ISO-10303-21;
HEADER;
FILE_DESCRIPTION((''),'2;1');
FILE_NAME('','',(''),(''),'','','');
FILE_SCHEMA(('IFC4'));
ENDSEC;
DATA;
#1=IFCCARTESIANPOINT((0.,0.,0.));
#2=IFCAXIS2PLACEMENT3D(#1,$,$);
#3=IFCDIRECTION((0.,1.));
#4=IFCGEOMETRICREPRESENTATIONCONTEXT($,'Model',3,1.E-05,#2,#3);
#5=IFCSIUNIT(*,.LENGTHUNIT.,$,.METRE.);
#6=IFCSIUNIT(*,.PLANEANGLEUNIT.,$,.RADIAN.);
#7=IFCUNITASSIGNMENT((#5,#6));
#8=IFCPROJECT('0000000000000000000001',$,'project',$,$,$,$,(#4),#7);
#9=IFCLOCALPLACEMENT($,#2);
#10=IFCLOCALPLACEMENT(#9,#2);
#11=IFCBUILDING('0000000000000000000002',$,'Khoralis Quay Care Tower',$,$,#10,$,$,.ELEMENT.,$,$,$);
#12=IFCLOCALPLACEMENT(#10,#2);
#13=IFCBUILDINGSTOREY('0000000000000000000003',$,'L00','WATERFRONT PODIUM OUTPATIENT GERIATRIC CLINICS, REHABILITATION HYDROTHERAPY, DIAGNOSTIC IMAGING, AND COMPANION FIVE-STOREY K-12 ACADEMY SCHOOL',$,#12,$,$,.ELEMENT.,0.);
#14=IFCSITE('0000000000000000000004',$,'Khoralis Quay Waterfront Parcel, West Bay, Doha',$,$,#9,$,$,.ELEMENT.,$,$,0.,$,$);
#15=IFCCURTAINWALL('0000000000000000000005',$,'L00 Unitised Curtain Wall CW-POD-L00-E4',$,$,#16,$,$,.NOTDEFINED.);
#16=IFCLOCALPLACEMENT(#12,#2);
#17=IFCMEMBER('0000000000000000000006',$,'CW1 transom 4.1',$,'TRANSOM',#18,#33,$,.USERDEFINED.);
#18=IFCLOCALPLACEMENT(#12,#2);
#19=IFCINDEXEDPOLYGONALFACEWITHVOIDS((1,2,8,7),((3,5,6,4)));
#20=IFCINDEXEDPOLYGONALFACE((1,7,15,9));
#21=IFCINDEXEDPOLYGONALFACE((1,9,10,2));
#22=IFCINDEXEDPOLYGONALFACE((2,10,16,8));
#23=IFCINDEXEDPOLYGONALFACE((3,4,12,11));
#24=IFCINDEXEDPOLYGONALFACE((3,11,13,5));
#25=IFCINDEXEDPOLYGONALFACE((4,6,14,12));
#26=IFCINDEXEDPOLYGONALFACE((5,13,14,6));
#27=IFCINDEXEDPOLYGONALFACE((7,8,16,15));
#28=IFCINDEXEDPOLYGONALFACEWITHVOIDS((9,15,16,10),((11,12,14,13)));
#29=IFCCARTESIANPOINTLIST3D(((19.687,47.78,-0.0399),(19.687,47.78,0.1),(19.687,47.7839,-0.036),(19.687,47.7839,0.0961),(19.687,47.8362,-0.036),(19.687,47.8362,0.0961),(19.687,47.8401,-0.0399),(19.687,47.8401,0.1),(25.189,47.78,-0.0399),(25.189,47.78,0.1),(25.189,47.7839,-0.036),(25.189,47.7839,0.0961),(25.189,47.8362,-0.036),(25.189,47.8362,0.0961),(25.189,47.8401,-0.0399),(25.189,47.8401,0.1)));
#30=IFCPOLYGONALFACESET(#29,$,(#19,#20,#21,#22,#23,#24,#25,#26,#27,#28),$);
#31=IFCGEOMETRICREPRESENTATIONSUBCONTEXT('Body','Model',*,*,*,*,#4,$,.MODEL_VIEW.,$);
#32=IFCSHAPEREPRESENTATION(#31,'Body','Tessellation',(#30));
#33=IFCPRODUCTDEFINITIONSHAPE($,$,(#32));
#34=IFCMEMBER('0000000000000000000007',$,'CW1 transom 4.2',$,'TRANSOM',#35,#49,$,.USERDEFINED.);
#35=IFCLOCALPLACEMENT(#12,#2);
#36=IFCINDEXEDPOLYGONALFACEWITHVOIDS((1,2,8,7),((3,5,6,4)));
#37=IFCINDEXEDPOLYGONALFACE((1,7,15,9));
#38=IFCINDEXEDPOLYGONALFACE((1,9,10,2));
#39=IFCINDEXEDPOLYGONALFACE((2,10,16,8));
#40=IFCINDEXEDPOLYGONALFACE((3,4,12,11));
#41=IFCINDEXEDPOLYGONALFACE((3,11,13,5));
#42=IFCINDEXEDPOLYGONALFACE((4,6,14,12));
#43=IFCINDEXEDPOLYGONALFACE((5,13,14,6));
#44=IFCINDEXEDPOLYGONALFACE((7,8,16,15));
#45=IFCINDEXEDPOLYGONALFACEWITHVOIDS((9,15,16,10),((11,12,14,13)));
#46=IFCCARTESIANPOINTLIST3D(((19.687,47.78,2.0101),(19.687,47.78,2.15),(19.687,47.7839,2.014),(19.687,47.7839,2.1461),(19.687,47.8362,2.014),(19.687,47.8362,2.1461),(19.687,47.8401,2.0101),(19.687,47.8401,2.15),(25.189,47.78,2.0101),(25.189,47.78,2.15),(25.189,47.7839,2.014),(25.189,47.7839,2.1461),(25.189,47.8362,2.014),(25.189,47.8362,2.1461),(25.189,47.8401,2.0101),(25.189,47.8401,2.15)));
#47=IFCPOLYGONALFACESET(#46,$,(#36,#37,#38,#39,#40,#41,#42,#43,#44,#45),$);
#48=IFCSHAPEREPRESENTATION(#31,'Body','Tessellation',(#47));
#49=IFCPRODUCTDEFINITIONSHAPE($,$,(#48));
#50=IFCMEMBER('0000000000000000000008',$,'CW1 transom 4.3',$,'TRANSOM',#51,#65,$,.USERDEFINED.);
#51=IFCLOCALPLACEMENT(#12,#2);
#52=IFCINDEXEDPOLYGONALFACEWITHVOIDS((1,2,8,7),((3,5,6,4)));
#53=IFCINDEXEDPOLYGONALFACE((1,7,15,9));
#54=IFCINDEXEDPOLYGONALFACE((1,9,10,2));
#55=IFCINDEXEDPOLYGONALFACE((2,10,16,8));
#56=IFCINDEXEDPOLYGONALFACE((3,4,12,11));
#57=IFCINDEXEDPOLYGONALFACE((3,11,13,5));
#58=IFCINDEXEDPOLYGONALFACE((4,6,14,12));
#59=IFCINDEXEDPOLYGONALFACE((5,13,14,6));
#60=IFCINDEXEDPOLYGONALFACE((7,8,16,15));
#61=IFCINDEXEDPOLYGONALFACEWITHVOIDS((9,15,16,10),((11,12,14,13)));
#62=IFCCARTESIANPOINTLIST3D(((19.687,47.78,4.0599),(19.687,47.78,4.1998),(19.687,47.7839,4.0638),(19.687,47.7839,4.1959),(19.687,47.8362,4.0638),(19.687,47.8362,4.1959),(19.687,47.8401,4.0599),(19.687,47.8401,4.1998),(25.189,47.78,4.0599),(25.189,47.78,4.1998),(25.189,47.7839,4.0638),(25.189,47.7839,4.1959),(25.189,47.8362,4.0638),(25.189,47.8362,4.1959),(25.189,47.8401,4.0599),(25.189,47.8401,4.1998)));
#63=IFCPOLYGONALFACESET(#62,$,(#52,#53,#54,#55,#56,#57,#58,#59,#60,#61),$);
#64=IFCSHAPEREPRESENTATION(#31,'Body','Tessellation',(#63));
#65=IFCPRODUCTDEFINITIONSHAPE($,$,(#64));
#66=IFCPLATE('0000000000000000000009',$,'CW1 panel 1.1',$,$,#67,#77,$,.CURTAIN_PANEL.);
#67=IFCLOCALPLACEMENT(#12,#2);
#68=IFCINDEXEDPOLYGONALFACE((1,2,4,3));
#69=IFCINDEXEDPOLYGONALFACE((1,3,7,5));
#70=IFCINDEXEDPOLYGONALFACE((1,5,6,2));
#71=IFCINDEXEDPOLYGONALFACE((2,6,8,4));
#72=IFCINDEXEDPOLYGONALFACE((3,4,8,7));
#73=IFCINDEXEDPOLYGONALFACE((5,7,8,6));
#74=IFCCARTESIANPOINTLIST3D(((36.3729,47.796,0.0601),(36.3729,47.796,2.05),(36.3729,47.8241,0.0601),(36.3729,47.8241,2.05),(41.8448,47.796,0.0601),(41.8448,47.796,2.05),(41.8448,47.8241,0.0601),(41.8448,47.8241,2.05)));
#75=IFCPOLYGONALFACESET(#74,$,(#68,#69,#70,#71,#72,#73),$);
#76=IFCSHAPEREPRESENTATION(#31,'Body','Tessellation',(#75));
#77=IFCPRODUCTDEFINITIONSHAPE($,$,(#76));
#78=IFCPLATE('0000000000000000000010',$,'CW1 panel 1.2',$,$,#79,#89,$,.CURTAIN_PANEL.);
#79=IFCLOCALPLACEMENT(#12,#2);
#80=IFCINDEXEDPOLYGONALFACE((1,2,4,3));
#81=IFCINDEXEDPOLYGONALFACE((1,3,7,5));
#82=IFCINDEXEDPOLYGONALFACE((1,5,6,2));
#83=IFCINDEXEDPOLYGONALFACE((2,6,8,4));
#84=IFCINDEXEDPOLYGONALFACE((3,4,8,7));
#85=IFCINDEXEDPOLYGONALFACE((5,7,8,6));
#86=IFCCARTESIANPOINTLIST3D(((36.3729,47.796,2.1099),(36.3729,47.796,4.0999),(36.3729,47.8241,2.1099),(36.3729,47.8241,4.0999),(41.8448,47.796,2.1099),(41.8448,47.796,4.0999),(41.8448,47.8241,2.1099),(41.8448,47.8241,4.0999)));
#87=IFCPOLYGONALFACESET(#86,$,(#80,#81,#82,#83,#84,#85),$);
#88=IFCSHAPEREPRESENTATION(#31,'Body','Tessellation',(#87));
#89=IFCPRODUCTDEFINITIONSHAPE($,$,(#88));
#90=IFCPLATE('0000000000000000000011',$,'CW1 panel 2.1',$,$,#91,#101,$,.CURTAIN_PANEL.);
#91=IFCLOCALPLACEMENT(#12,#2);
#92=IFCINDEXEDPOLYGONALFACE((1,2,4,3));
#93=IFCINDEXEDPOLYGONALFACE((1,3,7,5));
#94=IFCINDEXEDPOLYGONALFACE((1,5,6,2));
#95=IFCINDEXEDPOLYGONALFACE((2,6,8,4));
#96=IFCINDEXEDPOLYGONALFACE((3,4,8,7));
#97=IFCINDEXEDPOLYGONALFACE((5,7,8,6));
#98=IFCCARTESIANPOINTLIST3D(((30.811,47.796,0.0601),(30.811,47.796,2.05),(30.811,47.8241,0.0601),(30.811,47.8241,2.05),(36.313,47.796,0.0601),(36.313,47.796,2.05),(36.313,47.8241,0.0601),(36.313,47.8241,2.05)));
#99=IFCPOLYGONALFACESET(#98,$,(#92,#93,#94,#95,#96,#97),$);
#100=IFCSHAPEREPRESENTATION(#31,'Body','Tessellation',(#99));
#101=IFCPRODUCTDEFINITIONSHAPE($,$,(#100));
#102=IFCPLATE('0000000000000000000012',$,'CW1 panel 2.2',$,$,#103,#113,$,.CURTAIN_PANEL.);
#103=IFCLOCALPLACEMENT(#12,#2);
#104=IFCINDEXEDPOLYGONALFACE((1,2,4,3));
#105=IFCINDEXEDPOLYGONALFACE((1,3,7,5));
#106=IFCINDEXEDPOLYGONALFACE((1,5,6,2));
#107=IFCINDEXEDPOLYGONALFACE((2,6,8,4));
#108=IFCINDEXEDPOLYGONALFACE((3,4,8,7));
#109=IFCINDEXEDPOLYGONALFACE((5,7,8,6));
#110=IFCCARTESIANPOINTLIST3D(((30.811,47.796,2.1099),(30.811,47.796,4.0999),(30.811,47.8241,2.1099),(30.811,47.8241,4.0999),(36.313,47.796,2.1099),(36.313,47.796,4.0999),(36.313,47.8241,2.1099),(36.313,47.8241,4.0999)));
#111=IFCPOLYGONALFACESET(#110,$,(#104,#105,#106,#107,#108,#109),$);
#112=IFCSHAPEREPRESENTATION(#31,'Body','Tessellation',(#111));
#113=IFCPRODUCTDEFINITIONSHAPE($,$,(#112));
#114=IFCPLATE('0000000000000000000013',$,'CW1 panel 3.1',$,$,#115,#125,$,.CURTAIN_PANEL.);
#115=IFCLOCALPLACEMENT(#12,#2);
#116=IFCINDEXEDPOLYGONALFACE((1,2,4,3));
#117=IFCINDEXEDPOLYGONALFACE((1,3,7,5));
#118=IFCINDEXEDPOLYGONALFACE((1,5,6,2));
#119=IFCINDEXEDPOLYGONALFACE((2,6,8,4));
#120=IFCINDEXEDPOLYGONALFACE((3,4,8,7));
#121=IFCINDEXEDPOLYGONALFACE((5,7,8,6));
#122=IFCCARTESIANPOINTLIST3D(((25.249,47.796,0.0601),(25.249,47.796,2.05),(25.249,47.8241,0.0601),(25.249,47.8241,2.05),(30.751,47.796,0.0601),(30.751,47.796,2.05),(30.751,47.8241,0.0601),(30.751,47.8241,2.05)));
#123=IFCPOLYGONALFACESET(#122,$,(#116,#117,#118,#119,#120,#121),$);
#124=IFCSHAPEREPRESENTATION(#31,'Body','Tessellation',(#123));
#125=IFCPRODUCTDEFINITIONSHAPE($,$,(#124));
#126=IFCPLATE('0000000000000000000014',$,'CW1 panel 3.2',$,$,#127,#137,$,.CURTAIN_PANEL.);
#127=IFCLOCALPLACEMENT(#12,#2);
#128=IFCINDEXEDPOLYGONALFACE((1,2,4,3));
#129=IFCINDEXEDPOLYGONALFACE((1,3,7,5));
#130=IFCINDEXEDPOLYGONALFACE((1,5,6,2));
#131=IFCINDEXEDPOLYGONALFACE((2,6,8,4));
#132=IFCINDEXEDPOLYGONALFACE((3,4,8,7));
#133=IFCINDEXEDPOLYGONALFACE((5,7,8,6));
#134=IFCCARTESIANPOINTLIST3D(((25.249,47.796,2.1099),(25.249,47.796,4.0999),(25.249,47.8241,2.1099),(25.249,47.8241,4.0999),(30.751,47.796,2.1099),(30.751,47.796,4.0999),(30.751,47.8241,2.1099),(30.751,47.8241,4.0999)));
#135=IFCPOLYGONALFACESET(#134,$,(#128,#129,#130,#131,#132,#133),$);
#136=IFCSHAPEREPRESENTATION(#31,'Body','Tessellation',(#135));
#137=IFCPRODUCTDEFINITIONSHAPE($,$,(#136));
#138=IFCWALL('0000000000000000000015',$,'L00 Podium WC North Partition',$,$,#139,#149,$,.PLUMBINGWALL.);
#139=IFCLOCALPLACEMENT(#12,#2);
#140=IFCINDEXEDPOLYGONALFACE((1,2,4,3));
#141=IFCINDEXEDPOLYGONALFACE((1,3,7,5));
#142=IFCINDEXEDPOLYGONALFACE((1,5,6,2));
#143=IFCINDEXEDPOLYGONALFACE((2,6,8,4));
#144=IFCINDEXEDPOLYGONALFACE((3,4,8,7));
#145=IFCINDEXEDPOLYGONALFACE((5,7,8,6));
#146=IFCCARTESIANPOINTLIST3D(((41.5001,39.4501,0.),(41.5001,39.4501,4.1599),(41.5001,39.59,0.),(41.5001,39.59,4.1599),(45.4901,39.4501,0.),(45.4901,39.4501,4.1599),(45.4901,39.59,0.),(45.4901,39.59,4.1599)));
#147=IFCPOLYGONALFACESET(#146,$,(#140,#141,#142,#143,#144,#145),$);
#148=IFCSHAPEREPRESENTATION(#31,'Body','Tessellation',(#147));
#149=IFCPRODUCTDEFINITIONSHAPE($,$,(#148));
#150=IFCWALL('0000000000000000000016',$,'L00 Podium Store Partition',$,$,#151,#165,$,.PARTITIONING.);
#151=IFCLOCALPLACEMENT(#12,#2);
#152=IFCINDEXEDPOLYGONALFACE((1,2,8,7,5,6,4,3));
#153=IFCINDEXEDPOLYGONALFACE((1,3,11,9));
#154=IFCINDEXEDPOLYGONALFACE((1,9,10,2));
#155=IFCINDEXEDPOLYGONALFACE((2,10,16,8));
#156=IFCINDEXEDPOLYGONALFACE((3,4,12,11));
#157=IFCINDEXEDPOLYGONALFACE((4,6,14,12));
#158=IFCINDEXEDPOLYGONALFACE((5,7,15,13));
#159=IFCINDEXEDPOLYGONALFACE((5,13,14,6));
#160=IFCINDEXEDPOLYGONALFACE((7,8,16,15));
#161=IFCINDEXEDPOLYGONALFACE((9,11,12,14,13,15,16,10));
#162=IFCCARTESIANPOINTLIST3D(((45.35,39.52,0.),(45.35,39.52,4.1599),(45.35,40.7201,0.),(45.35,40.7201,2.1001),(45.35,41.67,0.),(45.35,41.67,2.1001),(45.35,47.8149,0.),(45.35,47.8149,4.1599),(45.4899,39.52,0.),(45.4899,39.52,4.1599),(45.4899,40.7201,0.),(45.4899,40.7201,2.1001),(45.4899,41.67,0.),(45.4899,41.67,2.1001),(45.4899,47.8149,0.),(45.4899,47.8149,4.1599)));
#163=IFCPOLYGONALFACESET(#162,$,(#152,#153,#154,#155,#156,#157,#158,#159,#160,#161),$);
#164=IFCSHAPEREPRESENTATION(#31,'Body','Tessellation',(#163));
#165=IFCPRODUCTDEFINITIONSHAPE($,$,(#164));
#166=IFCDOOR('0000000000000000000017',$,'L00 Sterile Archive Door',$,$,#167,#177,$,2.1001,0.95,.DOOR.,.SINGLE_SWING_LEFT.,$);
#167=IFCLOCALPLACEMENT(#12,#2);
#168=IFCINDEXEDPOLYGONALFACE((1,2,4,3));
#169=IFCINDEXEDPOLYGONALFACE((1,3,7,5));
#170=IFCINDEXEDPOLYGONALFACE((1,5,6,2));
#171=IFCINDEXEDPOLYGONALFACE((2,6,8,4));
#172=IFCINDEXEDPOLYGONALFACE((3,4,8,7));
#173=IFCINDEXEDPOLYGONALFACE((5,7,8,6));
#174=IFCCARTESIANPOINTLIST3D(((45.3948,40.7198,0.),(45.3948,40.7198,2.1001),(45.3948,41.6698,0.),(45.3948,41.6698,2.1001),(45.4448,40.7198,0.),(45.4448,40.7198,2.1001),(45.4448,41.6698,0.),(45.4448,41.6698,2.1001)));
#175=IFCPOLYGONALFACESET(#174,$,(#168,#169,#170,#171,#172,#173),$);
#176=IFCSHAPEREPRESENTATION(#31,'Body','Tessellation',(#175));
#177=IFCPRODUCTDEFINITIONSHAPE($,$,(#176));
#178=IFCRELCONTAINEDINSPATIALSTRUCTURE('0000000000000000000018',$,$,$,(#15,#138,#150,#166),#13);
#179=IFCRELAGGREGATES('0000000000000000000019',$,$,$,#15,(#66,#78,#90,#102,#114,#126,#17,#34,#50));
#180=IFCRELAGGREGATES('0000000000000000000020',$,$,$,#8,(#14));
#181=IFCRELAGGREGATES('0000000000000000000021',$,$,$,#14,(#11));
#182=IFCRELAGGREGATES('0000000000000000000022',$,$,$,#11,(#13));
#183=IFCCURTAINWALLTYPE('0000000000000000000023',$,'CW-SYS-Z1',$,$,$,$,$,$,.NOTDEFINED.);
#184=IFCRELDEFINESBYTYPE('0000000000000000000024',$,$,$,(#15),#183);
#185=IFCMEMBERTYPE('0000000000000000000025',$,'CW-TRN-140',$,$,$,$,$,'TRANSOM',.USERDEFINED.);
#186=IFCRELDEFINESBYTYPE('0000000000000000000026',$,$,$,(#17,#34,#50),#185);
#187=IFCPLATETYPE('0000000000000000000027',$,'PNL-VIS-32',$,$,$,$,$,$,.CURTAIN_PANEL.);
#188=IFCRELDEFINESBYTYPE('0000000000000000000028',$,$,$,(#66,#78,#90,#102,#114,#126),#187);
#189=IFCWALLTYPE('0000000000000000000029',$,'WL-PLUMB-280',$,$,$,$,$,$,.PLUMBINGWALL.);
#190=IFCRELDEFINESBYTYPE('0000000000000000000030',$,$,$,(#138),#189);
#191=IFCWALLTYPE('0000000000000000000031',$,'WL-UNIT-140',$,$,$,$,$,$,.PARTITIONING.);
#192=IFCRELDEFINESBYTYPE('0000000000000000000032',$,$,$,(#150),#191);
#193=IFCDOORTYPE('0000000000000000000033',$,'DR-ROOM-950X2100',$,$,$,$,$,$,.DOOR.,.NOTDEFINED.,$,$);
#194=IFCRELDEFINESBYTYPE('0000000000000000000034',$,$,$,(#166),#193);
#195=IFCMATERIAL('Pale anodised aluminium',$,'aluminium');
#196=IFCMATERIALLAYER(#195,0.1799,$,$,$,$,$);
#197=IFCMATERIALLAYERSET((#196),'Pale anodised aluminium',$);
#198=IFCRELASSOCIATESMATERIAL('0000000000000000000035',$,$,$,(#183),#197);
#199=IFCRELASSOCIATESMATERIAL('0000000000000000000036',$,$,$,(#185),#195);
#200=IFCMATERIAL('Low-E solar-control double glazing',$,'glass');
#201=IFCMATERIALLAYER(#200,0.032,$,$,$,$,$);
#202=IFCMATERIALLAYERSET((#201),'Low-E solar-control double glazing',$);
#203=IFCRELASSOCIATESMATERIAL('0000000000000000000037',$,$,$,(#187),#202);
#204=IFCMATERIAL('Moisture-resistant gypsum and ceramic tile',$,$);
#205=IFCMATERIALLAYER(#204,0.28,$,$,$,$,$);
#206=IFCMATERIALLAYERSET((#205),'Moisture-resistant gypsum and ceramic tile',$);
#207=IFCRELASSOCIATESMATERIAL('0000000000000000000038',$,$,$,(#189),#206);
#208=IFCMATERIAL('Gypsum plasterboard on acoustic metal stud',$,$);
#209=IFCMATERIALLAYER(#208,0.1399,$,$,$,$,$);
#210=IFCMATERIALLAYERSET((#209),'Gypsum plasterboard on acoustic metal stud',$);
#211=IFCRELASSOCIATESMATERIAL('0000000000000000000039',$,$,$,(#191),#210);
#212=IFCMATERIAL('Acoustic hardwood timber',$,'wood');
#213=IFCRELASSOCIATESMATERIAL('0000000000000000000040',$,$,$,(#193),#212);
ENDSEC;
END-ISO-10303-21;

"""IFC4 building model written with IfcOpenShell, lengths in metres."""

from ifc_helpers import new_model, si_unit, direction, frame, frame_2d, origin, origin_2d, place, context, subcontext, project, spatial, rectangle, hollow_rectangle, extrude, source, transform, mapped, material, layer, layer_set, material_profile, profile_set, type_object, element, fill, aggregate, save


model = new_model("IFC4")

# Units and contexts
model_context = context("Model", 3, precision=1e-05, world=origin(), true_north=direction((0.0, 1.0)))
body_context = subcontext(model_context, "Body", "Model", "MODEL_VIEW")
ifc_project = project(units=[si_unit("LENGTHUNIT", "METRE"), si_unit("PLANEANGLEUNIT", "RADIAN")], contexts=[model_context])

# Site, building, storey
site_placement = place(None, origin())
site = spatial("IfcSite", under=ifc_project, at=site_placement, Name="Khoralis Quay Waterfront Parcel, West Bay, Doha", CompositionType="ELEMENT", RefElevation=0.0)
building_placement = place(site_placement, origin())
building = spatial("IfcBuilding", under=site, at=building_placement, Name="Khoralis Quay Care Tower", CompositionType="ELEMENT")
storey_placement = place(building_placement, origin())
storey = spatial("IfcBuildingStorey", under=building, at=storey_placement, Name="L00", Description="WATERFRONT PODIUM OUTPATIENT GERIATRIC CLINICS, REHABILITATION HYDROTHERAPY, DIAGNOSTIC IMAGING, AND COMPANION FIVE-STOREY K-12 ACADEMY SCHOOL", CompositionType="ELEMENT", Elevation=0.0)

# Curtain wall, members, plates
ifc_material_1 = material(Name="Pale anodised aluminium", Category="aluminium")
ifc_layer_1 = layer(ifc_material_1, 0.1799)
ifc_layer_set_1 = layer_set([ifc_layer_1], Name="Pale anodised aluminium")
curtain_wall_type = type_object("IfcCurtainWallType", Name="CW-SYS-Z1", PredefinedType="NOTDEFINED", material=ifc_layer_set_1)
curtain_wall_placement = place(storey_placement, origin())
curtain_wall = element("IfcCurtainWall", 1, at=curtain_wall_placement, inside=storey, type_object=curtain_wall_type, Name="L00 Unitised Curtain Wall CW-POD-L00-E4", PredefinedType="NOTDEFINED")
ifc_material_profile_1 = material_profile(ifc_material_1, hollow_rectangle(XDim=0.0601, YDim=0.1399, WallThickness=0.0039, at=origin_2d()), Name="Pale anodised aluminium")
ifc_profile_set_1 = profile_set([ifc_material_profile_1], Name="Pale anodised aluminium")
member_type_1 = type_object("IfcMemberType", Name="CW-TRN-140", ElementType="TRANSOM", PredefinedType="USERDEFINED", material=ifc_profile_set_1)
shared_shape_1 = source(origin(), body_context, "Body", "SweptSolid", [
    extrude(hollow_rectangle(XDim=0.0601, YDim=0.1399, WallThickness=0.0039, at=origin_2d()), origin(), (0.0, 0.0, 1.0), 5.502),
])
member_1_placement = place(storey_placement, frame((25.189, 47.8101, 0.03), z_axis=(-1.0, 0.0, 0.0), x_axis=(0.0, -1.0, 0.0)))
member_1 = element("IfcMember", 2, at=member_1_placement, type_object=member_type_1, Name="CW1 transom 4.1", ObjectType="TRANSOM", PredefinedType="USERDEFINED", context=body_context, shape_type="MappedRepresentation", body=[
    mapped(shared_shape_1, transform((0.0, 0.0, 0.0), scale=1.0)),
])
member_2_placement = place(storey_placement, frame((25.189, 47.8101, 2.0801), z_axis=(-1.0, 0.0, 0.0), x_axis=(0.0, -1.0, 0.0)))
member_2 = element("IfcMember", 3, at=member_2_placement, type_object=member_type_1, Name="CW1 transom 4.2", ObjectType="TRANSOM", PredefinedType="USERDEFINED", context=body_context, shape_type="MappedRepresentation", body=[
    mapped(shared_shape_1, transform((0.0, 0.0, 0.0), scale=1.0)),
])
member_3_placement = place(storey_placement, frame((25.189, 47.8101, 4.1299), z_axis=(-1.0, 0.0, 0.0), x_axis=(0.0, -1.0, 0.0)))
member_3 = element("IfcMember", 4, at=member_3_placement, type_object=member_type_1, Name="CW1 transom 4.3", ObjectType="TRANSOM", PredefinedType="USERDEFINED", context=body_context, shape_type="MappedRepresentation", body=[
    mapped(shared_shape_1, transform((0.0, 0.0, 0.0), scale=1.0)),
])
ifc_material_2 = material(Name="Low-E solar-control double glazing", Category="glass")
ifc_layer_2 = layer(ifc_material_2, 0.032)
ifc_layer_set_2 = layer_set([ifc_layer_2], Name="Low-E solar-control double glazing")
plate_type = type_object("IfcPlateType", Name="PNL-VIS-32", PredefinedType="CURTAIN_PANEL", material=ifc_layer_set_2)
shared_shape_2 = source(origin(), body_context, "Body", "SweptSolid", [
    extrude(rectangle(XDim=5.4719, YDim=0.0281, at=origin_2d()), origin(), (0.0, 0.0, 1.0), 1.99),
])
plate_1_placement = place(storey_placement, frame((39.1089, 47.8101, 0.0601), z_axis=(0.0, 0.0, 1.0), x_axis=(-1.0, 0.0, 0.0)))
plate_1 = element("IfcPlate", 5, at=plate_1_placement, type_object=plate_type, Name="CW1 panel 1.1", PredefinedType="CURTAIN_PANEL", context=body_context, shape_type="MappedRepresentation", body=[
    mapped(shared_shape_2, transform((0.0, 0.0, 0.0), scale=1.0)),
])
plate_2_placement = place(storey_placement, frame((39.1089, 47.8101, 2.1099), z_axis=(0.0, 0.0, 1.0), x_axis=(-1.0, 0.0, 0.0)))
plate_2 = element("IfcPlate", 6, at=plate_2_placement, type_object=plate_type, Name="CW1 panel 1.2", PredefinedType="CURTAIN_PANEL", context=body_context, shape_type="MappedRepresentation", body=[
    mapped(shared_shape_2, transform((0.0, 0.0, 0.0), scale=1.0)),
])
shared_shape_3 = source(origin(), body_context, "Body", "SweptSolid", [
    extrude(rectangle(XDim=5.502, YDim=0.0281, at=origin_2d()), origin(), (0.0, 0.0, 1.0), 1.99),
])
plate_3_placement = place(storey_placement, frame((33.562, 47.8101, 0.0601), z_axis=(0.0, 0.0, 1.0), x_axis=(-1.0, 0.0, 0.0)))
plate_3 = element("IfcPlate", 7, at=plate_3_placement, type_object=plate_type, Name="CW1 panel 2.1", PredefinedType="CURTAIN_PANEL", context=body_context, shape_type="MappedRepresentation", body=[
    mapped(shared_shape_3, transform((0.0, 0.0, 0.0), scale=1.0)),
])
plate_4_placement = place(storey_placement, frame((33.562, 47.8101, 2.1099), z_axis=(0.0, 0.0, 1.0), x_axis=(-1.0, 0.0, 0.0)))
plate_4 = element("IfcPlate", 8, at=plate_4_placement, type_object=plate_type, Name="CW1 panel 2.2", PredefinedType="CURTAIN_PANEL", context=body_context, shape_type="MappedRepresentation", body=[
    mapped(shared_shape_3, transform((0.0, 0.0, 0.0), scale=1.0)),
])
plate_5_placement = place(storey_placement, frame((28.0, 47.8101, 0.0601), z_axis=(0.0, 0.0, 1.0), x_axis=(-1.0, 0.0, 0.0)))
plate_5 = element("IfcPlate", 9, at=plate_5_placement, type_object=plate_type, Name="CW1 panel 3.1", PredefinedType="CURTAIN_PANEL", context=body_context, shape_type="MappedRepresentation", body=[
    mapped(shared_shape_3, transform((0.0, 0.0, 0.0), scale=1.0)),
])
plate_6_placement = place(storey_placement, frame((28.0, 47.8101, 2.1099), z_axis=(0.0, 0.0, 1.0), x_axis=(-1.0, 0.0, 0.0)))
plate_6 = element("IfcPlate", 10, at=plate_6_placement, type_object=plate_type, Name="CW1 panel 3.2", PredefinedType="CURTAIN_PANEL", context=body_context, shape_type="MappedRepresentation", body=[
    mapped(shared_shape_3, transform((0.0, 0.0, 0.0), scale=1.0)),
])
aggregate(curtain_wall, [plate_1, plate_2, plate_3, plate_4, plate_5, plate_6, member_1, member_2, member_3])

# Wall
ifc_material_3 = material(Name="Moisture-resistant gypsum and ceramic tile")
ifc_layer_3 = layer(ifc_material_3, 0.28)
ifc_layer_set_3 = layer_set([ifc_layer_3], Name="Moisture-resistant gypsum and ceramic tile")
wall_type_1 = type_object("IfcWallType", Name="WL-PLUMB-280", PredefinedType="PLUMBINGWALL", material=ifc_layer_set_3)
wall_1_placement = place(storey_placement, frame((41.5, 39.52, 0.0), z_axis=(0.0, 0.0, 1.0), x_axis=(1.0, 0.0, 0.0)))
element("IfcWall", 11, at=wall_1_placement, inside=storey, type_object=wall_type_1, Name="L00 Podium WC North Partition", PredefinedType="PLUMBINGWALL", context=body_context, shape_type="SweptSolid", body=[
    extrude(rectangle(XDim=3.99, YDim=0.1399, at=frame_2d((1.9951, 0.0))), origin(), (0.0, 0.0, 1.0), 4.1599),
])

# Wall, opening, door
ifc_material_4 = material(Name="Gypsum plasterboard on acoustic metal stud")
ifc_layer_4 = layer(ifc_material_4, 0.1399)
ifc_layer_set_4 = layer_set([ifc_layer_4], Name="Gypsum plasterboard on acoustic metal stud")
wall_type_2 = type_object("IfcWallType", Name="WL-UNIT-140", PredefinedType="PARTITIONING", material=ifc_layer_set_4)
wall_2_placement = place(storey_placement, frame((45.4199, 39.52, 0.0), z_axis=(0.0, 0.0, 1.0), x_axis=(0.0, 1.0, 0.0)))
wall_2 = element("IfcWall", 12, at=wall_2_placement, inside=storey, type_object=wall_type_2, Name="L00 Podium Store Partition", PredefinedType="PARTITIONING", context=body_context, shape_type="SweptSolid", body=[
    extrude(rectangle(XDim=8.2949, YDim=0.1399, at=frame_2d((4.1475, 0.0))), origin(), (0.0, 0.0, 1.0), 4.1599),
])
opening_placement = place(wall_2_placement, frame((1.2, 0.0, 0.0)))
opening = element("IfcOpeningElement", 13, at=opening_placement, cuts=wall_2, PredefinedType="OPENING", context=body_context, shape_type="SweptSolid", body=[
    extrude(rectangle(XDim=0.95, YDim=2.1001, at=frame_2d((0.4751, 1.05))), frame((0.0, 0.0801, 0.0), z_axis=(0.0, -1.0, 0.0), x_axis=(1.0, 0.0, 0.0)), (0.0, 0.0, 1.0), 0.1599),
])
ifc_material_5 = material(Name="Acoustic hardwood timber", Category="wood")
door_type = type_object("IfcDoorType", Name="DR-ROOM-950X2100", OperationType="NOTDEFINED", PredefinedType="DOOR", material=ifc_material_5)
shared_shape_4 = source(origin(), body_context, "Body", "SweptSolid", [
    extrude(rectangle(XDim=0.95, YDim=2.1001, at=frame_2d((0.4751, 1.05))), frame((0.0, 0.0249, 0.0), z_axis=(0.0, -1.0, 0.0), x_axis=(1.0, 0.0, 0.0)), (0.0, 0.0, 1.0), 0.05),
])
door_placement = place(opening_placement, frame((0.95, 0.0, 0.0), z_axis=(0.0, 0.0, 1.0), x_axis=(-1.0, 0.0, 0.0)))
door = element("IfcDoor", 14, at=door_placement, inside=storey, type_object=door_type, Name="L00 Sterile Archive Door", OperationType="SINGLE_SWING_LEFT", OverallHeight=2.1001, OverallWidth=0.95, PredefinedType="DOOR", context=body_context, shape_type="MappedRepresentation", body=[
    mapped(shared_shape_4, transform((0.0, 0.0, 0.0), scale=1.0)),
])
fill(opening, door)

save(model, "model.ifc")
